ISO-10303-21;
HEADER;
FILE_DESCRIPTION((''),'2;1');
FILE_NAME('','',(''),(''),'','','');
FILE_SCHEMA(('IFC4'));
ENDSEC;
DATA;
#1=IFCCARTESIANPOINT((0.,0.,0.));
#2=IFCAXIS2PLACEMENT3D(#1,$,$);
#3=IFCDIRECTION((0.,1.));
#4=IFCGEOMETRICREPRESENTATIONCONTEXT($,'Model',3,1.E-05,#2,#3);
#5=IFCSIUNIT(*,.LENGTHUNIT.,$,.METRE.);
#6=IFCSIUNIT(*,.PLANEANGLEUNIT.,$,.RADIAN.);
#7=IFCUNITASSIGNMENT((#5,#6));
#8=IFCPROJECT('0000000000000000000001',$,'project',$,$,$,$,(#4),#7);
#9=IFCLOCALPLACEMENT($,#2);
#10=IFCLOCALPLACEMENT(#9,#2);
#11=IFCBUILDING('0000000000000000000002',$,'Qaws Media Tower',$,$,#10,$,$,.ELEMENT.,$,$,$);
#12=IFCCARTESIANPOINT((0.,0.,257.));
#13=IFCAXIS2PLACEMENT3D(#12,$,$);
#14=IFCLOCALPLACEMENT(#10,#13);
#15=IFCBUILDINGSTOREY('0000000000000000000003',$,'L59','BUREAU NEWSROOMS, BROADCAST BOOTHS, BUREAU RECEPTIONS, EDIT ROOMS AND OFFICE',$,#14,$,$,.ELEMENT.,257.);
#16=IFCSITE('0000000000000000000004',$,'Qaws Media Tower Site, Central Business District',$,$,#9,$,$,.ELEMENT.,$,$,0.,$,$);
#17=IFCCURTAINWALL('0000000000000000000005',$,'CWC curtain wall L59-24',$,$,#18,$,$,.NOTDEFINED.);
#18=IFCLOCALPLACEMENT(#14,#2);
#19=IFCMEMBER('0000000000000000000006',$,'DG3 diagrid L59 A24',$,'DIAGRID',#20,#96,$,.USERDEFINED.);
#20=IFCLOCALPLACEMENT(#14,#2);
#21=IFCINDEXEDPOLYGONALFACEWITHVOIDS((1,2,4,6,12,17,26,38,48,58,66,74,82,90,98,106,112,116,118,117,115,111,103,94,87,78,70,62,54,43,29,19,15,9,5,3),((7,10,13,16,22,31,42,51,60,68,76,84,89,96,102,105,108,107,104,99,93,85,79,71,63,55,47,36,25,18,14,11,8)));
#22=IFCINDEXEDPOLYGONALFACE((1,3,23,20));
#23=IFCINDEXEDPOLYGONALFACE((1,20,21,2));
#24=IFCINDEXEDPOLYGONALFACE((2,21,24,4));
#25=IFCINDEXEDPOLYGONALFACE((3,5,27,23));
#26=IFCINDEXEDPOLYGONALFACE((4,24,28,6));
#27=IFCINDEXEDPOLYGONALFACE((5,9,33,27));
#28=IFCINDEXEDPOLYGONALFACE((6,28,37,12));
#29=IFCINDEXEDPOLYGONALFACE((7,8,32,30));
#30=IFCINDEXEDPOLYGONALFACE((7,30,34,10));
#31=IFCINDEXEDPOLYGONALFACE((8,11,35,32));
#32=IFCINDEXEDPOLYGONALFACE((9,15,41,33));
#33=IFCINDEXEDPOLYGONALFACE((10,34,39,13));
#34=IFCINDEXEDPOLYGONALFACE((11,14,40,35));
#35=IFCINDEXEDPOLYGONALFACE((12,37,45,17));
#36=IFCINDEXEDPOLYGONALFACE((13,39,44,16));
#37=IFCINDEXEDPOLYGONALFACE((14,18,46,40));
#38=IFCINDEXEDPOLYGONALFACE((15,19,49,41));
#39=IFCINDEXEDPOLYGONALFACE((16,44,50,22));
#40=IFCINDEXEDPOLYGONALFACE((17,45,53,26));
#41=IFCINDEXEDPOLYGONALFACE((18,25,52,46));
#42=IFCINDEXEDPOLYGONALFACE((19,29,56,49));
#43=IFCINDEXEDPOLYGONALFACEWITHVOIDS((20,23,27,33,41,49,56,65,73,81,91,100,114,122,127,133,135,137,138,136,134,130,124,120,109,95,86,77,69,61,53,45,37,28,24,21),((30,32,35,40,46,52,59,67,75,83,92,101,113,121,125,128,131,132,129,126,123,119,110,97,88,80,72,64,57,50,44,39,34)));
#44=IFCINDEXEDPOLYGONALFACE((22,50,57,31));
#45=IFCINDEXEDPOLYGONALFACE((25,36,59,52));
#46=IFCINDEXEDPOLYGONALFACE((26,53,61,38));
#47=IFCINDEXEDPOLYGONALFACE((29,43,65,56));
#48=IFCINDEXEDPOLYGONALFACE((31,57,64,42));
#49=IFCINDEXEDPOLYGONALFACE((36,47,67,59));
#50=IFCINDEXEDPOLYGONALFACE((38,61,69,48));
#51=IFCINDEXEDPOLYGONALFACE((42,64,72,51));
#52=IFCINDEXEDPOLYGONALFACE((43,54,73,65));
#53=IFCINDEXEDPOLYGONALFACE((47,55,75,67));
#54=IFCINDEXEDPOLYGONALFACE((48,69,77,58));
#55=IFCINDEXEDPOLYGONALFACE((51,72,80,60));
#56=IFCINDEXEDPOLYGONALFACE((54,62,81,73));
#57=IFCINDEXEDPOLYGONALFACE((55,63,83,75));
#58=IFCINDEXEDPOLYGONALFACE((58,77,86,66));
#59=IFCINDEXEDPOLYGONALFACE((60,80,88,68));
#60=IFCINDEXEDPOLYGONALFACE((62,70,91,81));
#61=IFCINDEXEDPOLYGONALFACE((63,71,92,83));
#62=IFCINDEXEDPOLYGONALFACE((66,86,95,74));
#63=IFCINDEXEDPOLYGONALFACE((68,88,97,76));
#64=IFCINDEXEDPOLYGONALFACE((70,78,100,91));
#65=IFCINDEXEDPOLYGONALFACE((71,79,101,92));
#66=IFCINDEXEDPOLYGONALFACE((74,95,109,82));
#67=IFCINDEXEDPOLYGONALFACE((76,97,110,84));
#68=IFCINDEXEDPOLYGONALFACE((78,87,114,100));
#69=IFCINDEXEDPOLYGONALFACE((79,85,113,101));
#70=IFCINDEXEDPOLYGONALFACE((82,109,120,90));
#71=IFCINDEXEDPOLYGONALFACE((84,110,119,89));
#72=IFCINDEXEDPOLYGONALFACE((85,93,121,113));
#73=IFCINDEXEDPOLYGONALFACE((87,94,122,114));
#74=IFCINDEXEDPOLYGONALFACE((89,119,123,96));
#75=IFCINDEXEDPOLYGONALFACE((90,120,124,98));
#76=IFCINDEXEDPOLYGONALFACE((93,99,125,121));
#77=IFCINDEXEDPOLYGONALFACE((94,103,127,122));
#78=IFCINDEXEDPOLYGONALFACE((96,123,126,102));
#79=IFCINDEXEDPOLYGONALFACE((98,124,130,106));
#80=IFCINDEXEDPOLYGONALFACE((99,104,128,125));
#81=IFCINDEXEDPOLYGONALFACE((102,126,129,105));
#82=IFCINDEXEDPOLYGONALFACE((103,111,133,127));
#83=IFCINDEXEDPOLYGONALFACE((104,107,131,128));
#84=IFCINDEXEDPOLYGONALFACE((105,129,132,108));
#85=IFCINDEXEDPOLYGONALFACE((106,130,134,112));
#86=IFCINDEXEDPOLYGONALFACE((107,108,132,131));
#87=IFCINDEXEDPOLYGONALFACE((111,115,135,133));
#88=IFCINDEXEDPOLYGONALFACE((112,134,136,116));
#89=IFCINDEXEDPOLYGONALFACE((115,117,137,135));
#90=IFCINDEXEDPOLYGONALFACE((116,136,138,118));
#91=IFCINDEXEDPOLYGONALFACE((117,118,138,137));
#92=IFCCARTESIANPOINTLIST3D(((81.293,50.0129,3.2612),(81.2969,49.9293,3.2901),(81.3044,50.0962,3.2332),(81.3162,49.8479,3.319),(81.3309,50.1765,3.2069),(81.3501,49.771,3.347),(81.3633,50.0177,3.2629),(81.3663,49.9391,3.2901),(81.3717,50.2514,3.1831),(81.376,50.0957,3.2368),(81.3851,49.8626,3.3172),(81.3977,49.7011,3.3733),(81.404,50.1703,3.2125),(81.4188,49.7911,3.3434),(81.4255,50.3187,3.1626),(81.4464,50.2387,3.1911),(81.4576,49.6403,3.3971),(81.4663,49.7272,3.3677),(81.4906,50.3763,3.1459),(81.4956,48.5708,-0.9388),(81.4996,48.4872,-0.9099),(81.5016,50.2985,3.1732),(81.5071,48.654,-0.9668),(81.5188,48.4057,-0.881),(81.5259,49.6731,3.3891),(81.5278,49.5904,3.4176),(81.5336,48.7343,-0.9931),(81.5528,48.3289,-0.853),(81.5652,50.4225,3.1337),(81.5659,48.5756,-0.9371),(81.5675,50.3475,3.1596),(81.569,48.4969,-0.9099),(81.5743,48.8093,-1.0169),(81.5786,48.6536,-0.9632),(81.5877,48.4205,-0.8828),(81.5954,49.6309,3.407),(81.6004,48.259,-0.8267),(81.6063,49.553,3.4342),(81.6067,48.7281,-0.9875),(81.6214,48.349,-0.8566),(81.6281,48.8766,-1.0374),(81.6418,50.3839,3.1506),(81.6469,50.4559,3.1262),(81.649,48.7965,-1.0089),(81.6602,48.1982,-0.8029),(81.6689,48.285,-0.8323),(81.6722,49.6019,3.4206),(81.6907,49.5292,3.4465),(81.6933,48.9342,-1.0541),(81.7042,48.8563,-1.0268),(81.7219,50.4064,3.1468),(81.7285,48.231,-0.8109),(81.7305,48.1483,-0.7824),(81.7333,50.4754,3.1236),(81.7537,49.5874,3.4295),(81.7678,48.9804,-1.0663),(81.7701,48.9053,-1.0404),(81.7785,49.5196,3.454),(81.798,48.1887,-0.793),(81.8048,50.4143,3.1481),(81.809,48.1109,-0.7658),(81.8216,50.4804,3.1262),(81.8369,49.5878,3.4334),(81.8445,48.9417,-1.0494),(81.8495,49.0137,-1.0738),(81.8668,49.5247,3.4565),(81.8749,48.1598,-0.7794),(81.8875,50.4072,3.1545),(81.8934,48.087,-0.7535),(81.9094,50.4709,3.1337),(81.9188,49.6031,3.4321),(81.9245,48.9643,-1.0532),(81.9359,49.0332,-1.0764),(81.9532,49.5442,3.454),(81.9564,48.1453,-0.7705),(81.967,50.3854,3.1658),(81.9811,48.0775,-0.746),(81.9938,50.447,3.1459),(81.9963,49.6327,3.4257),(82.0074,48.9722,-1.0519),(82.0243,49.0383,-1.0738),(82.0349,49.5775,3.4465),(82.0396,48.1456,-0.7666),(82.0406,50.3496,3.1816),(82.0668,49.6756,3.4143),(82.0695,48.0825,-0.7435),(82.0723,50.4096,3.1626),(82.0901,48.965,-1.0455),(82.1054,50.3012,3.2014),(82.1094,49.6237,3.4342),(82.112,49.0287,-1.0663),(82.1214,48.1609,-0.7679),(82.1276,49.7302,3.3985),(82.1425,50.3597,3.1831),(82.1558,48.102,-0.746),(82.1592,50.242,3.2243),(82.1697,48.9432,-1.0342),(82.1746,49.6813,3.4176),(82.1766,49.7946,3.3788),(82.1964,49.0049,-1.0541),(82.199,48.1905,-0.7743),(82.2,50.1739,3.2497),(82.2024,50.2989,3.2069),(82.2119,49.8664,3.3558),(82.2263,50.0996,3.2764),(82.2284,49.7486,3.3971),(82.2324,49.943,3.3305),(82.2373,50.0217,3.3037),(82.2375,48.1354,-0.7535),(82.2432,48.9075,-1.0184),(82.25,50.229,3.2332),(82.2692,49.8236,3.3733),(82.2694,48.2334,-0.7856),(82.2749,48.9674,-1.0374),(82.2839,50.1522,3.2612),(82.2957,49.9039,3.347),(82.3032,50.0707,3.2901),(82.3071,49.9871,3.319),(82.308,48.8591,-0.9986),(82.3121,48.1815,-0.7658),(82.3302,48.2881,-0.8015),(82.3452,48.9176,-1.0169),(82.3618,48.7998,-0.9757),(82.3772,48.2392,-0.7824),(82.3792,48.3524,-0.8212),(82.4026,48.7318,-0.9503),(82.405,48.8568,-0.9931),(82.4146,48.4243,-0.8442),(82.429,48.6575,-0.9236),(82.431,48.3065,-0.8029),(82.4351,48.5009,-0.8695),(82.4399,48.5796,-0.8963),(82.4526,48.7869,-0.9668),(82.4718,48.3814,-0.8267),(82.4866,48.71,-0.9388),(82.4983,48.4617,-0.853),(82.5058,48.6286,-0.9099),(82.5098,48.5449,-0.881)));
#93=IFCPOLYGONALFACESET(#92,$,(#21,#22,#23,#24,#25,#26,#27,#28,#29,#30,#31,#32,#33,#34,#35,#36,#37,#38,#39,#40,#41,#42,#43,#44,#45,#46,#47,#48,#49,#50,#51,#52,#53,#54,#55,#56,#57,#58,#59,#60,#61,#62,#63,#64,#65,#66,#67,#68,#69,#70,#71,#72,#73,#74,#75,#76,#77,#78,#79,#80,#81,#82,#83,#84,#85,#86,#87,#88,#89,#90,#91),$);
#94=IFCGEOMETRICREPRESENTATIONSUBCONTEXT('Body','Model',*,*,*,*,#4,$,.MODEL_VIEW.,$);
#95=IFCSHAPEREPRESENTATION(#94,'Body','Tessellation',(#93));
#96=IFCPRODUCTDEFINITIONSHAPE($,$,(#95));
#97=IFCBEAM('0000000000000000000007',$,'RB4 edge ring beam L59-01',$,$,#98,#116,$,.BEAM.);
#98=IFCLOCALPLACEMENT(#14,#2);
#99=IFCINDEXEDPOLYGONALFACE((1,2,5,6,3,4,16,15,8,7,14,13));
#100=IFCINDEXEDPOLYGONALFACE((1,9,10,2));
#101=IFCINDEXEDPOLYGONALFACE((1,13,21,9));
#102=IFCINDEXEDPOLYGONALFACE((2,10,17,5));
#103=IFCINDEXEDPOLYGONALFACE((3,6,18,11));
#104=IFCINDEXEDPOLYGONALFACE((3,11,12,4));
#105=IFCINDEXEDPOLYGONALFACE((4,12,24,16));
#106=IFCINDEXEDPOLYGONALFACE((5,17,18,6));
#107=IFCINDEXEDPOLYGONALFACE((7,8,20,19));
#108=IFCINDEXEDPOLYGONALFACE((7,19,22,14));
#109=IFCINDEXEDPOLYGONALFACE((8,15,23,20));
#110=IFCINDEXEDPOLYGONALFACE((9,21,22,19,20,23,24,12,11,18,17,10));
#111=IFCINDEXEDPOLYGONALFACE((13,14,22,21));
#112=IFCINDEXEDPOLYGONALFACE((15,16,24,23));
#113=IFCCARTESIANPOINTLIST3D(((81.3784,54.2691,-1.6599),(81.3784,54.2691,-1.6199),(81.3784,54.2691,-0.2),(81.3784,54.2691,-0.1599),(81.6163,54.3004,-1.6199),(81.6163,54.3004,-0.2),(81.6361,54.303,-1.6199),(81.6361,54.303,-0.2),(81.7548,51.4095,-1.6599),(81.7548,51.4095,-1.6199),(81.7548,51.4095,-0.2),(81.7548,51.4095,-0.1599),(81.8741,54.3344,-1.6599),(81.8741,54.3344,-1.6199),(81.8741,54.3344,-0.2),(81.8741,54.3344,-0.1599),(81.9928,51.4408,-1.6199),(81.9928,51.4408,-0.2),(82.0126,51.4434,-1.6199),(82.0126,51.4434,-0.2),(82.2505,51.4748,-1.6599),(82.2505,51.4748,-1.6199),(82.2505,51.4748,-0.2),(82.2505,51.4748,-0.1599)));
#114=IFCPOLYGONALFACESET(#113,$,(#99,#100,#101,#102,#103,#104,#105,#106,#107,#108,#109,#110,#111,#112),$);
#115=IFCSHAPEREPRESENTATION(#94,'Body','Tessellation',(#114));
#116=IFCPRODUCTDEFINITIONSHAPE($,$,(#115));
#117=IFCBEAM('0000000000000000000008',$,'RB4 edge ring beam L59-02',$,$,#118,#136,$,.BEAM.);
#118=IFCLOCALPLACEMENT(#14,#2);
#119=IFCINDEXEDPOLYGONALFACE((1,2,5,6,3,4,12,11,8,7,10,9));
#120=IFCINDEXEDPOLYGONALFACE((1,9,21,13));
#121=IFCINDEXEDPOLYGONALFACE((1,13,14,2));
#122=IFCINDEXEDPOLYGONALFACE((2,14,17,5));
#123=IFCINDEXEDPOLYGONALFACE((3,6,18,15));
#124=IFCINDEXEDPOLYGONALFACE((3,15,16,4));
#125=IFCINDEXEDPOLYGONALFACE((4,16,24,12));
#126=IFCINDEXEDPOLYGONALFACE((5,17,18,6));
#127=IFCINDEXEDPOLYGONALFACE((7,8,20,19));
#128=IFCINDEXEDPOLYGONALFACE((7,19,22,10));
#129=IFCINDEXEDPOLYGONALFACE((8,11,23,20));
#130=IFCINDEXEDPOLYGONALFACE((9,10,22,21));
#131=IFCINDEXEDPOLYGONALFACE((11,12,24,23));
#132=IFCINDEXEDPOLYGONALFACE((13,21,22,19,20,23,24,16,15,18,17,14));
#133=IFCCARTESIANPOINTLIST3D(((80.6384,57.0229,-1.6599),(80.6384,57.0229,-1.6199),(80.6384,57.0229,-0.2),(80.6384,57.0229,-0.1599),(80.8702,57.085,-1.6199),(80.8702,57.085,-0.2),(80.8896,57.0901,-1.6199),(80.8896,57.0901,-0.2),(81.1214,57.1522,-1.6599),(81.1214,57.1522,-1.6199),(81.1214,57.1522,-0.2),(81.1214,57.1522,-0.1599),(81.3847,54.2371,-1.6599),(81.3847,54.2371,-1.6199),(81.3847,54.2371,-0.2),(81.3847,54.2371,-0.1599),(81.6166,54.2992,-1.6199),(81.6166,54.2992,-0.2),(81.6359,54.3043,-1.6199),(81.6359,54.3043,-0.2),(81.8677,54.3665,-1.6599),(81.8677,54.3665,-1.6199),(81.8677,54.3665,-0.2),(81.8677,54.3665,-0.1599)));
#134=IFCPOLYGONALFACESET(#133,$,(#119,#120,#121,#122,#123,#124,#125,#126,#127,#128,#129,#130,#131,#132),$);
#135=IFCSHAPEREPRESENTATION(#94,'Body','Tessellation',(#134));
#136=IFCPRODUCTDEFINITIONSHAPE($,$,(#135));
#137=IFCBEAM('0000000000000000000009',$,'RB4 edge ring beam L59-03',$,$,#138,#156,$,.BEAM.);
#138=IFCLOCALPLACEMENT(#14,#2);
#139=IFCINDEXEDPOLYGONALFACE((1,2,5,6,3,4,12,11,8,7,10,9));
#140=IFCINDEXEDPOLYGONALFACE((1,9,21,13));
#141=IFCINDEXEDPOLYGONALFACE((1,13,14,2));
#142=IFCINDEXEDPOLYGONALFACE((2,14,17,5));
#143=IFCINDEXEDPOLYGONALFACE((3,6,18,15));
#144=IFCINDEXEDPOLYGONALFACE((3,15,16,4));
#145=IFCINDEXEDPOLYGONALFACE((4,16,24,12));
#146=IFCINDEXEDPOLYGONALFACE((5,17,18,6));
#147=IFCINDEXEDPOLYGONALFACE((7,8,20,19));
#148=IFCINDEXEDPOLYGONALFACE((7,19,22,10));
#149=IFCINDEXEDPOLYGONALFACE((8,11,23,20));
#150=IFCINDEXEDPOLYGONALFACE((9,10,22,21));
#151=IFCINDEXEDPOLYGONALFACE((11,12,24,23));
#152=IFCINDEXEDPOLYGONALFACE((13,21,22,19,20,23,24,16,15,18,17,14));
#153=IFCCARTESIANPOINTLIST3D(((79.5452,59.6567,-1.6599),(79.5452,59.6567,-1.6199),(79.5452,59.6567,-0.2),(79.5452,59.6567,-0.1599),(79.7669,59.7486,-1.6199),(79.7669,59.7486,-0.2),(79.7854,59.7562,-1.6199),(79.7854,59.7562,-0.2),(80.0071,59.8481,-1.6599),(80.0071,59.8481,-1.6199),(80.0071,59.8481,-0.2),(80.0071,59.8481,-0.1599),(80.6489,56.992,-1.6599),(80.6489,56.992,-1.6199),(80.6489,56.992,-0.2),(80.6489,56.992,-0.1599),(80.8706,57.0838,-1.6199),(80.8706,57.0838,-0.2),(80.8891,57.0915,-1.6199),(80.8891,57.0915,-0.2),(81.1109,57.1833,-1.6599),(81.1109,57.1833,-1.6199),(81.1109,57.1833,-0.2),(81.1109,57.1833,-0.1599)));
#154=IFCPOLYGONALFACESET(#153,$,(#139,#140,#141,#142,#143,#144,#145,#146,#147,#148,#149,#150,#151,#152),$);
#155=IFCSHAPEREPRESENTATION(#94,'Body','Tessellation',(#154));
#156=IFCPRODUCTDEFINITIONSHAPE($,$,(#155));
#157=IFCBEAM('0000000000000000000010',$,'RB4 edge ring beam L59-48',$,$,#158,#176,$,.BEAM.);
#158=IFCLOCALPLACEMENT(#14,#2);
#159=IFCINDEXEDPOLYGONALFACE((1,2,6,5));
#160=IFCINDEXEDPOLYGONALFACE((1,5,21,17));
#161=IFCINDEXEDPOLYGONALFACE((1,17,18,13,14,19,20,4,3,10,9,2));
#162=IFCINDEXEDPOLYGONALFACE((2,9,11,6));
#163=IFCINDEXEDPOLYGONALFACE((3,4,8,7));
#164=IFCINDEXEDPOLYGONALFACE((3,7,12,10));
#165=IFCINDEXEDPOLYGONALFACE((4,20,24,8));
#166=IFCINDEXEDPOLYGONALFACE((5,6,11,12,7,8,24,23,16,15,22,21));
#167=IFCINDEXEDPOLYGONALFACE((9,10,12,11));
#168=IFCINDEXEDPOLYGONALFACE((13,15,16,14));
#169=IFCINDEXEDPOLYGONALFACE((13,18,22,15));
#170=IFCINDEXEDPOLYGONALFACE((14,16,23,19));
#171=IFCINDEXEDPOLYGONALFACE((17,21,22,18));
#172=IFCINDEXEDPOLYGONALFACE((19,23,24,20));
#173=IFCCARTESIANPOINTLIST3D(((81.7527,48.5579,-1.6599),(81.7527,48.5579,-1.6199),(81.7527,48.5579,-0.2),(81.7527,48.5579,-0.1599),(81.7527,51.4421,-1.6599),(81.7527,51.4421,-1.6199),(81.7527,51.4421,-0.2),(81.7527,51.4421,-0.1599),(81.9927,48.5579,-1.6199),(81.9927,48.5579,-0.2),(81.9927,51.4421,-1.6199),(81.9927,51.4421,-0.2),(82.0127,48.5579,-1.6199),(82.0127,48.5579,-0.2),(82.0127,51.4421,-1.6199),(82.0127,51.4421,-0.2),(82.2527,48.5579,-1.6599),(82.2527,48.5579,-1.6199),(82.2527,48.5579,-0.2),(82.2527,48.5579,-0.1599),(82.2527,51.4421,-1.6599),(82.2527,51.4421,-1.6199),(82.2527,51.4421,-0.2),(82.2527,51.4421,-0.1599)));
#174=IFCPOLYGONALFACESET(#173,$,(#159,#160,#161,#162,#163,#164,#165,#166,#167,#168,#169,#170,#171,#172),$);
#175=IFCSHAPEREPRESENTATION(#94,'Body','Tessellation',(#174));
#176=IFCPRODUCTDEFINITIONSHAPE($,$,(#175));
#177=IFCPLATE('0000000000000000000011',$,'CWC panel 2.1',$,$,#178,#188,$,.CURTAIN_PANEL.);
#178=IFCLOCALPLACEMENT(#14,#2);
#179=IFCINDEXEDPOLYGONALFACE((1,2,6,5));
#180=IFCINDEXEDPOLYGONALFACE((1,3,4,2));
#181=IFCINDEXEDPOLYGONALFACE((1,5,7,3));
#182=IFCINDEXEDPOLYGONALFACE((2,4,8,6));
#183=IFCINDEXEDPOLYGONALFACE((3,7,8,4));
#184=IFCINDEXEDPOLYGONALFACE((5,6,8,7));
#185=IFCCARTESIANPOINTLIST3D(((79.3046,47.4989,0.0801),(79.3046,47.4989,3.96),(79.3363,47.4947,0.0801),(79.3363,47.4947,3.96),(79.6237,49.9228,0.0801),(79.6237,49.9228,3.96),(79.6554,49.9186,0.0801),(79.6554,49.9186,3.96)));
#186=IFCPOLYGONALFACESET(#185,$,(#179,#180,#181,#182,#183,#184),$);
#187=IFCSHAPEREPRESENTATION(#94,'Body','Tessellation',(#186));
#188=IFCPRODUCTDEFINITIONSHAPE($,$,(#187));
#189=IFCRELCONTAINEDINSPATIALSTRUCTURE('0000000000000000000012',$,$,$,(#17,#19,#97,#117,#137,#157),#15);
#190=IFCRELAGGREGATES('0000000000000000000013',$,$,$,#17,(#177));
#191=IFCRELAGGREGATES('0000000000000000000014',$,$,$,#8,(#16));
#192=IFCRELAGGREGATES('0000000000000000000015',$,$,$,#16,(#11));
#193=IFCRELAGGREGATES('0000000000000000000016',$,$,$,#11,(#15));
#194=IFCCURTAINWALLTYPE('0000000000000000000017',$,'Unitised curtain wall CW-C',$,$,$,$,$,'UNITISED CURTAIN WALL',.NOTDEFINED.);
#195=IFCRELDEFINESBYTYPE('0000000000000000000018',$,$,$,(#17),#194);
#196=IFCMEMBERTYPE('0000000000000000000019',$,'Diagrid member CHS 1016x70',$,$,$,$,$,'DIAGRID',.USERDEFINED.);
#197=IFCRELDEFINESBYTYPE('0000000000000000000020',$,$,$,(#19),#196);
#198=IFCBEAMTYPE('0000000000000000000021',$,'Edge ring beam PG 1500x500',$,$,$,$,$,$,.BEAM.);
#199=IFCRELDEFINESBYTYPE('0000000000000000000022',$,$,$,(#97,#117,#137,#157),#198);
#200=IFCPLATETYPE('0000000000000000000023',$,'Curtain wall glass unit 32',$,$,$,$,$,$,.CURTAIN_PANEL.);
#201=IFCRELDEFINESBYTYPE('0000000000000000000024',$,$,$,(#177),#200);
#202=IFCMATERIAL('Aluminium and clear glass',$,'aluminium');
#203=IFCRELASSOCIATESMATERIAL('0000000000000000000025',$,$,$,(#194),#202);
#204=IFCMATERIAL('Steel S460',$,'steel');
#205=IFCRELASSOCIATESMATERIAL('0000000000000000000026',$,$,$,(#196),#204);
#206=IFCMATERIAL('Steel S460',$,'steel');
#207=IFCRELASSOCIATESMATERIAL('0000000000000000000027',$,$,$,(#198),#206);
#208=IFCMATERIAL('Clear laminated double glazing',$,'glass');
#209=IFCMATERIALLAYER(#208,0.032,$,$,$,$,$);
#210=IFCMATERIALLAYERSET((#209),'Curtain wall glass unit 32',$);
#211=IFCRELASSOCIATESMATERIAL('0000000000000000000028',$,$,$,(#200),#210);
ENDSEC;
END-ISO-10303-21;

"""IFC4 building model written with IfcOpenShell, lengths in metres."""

from ifc_helpers import new_model, si_unit, direction, frame, origin, origin_2d, place, context, subcontext, project, spatial, rectangle, hollow_circle, i_section, extrude, material, layer, layer_set, material_profile, profile_set, type_object, element, aggregate, save


model = new_model("IFC4")

# Units and contexts
model_context = context("Model", 3, precision=1e-05, world=origin(), true_north=direction((0.0, 1.0)))
body_context = subcontext(model_context, "Body", "Model", "MODEL_VIEW")
ifc_project = project(units=[si_unit("LENGTHUNIT", "METRE"), si_unit("PLANEANGLEUNIT", "RADIAN")], contexts=[model_context])

# Site, building, storey
site_placement = place(None, origin())
site = spatial("IfcSite", under=ifc_project, at=site_placement, Name="Qaws Media Tower Site, Central Business District", CompositionType="ELEMENT", RefElevation=0.0)
building_placement = place(site_placement, origin())
building = spatial("IfcBuilding", under=site, at=building_placement, Name="Qaws Media Tower", CompositionType="ELEMENT")
storey_placement = place(building_placement, frame((0.0, 0.0, 257.0)))
storey = spatial("IfcBuildingStorey", under=building, at=storey_placement, Name="L59", Description="BUREAU NEWSROOMS, BROADCAST BOOTHS, BUREAU RECEPTIONS, EDIT ROOMS AND OFFICE", CompositionType="ELEMENT", Elevation=257.0)

# Curtain wall
ifc_material_1 = material(Name="Aluminium and clear glass", Category="aluminium")
curtain_wall_type = type_object("IfcCurtainWallType", Name="Unitised curtain wall CW-C", ElementType="UNITISED CURTAIN WALL", PredefinedType="NOTDEFINED", material=ifc_material_1)
curtain_wall_1_placement = place(storey_placement, origin())
curtain_wall_1 = element("IfcCurtainWall", 1, at=curtain_wall_1_placement, inside=storey, type_object=curtain_wall_type, Name="CWC curtain wall L59-24", PredefinedType="NOTDEFINED")

# Member
ifc_material_2 = material(Name="Steel S460", Category="steel")
ifc_material_profile_1 = material_profile(ifc_material_2, hollow_circle(Radius=0.5081, WallThickness=0.0701, at=origin_2d()), Name="CHS 1016x70")
ifc_profile_set_1 = profile_set([ifc_material_profile_1], Name="Steel S460")
member_type_1 = type_object("IfcMemberType", Name="Diagrid member CHS 1016x70", ElementType="DIAGRID", PredefinedType="USERDEFINED", material=ifc_profile_set_1)
for number, where, z_axis, x_axis, name in (
    (2, (82.0027, 48.5579, -0.9099), (-0.045585, 0.324421, 0.944814), (-0.990272, -0.139144, 0.0), "DG3 diagrid L59 A24"),
):
    element("IfcMember", number, at=place(storey_placement, frame(where, z_axis=z_axis, x_axis=x_axis)), inside=storey, type_object=member_type_1, Name=name, ObjectType="DIAGRID", PredefinedType="USERDEFINED", context=body_context, shape_type="SweptSolid", body=[
        extrude(hollow_circle(Radius=0.5081, WallThickness=0.0701, at=origin_2d()), origin(), (0.0, 0.0, 1.0), 4.4453),
    ])

# Beams
ifc_material_3 = material(Name="Steel S460", Category="steel")
ifc_material_profile_2 = material_profile(ifc_material_3, i_section(OverallWidth=0.5, OverallDepth=1.5, WebThickness=0.02, FlangeThickness=0.04, at=origin_2d()), Name="PG 1500x500")
ifc_profile_set_2 = profile_set([ifc_material_profile_2], Name="Steel S460")
beam_type = type_object("IfcBeamType", Name="Edge ring beam PG 1500x500", PredefinedType="BEAM", material=ifc_profile_set_2)
beam_1_placement = place(storey_placement, frame((82.0027, 51.4421, -0.9099), z_axis=(-0.130522, 0.991445, 0.0), x_axis=(-0.991445, -0.130522, 0.0)))
element("IfcBeam", 3, at=beam_1_placement, inside=storey, type_object=beam_type, Name="RB4 edge ring beam L59-01", PredefinedType="BEAM", context=body_context, shape_type="SweptSolid", body=[
    extrude(i_section(OverallWidth=0.5, OverallDepth=1.5, WebThickness=0.02, FlangeThickness=0.04, at=origin_2d()), origin(), (0.0, 0.0, 1.0), 2.8843),
])
beam_2_placement = place(storey_placement, frame((81.6262, 54.3018, -0.9099), z_axis=(-0.258774, 0.965938, 0.0), x_axis=(-0.965938, -0.258774, 0.0)))
element("IfcBeam", 4, at=beam_2_placement, inside=storey, type_object=beam_type, Name="RB4 edge ring beam L59-02", PredefinedType="BEAM", context=body_context, shape_type="SweptSolid", body=[
    extrude(i_section(OverallWidth=0.5, OverallDepth=1.5, WebThickness=0.02, FlangeThickness=0.04, at=origin_2d()), origin(), (0.0, 0.0, 1.0), 2.884),
])
for number, where, z_axis, x_axis, name in (
    (5, (80.8799, 57.0876, -0.9099), (-0.382673, 0.923884, 0.0), (-0.923884, -0.382673, 0.0), "RB4 edge ring beam L59-03"),
    (6, (82.0027, 48.5579, -0.9099), (0.0, 1.0, 0.0), (-1.0, 0.0, 0.0), "RB4 edge ring beam L59-48"),
):
    element("IfcBeam", number, at=place(storey_placement, frame(where, z_axis=z_axis, x_axis=x_axis)), inside=storey, type_object=beam_type, Name=name, PredefinedType="BEAM", context=body_context, shape_type="SweptSolid", body=[
        extrude(i_section(OverallWidth=0.5, OverallDepth=1.5, WebThickness=0.02, FlangeThickness=0.04, at=origin_2d()), origin(), (0.0, 0.0, 1.0), 2.8843),
    ])

# Plate
ifc_material_4 = material(Name="Clear laminated double glazing", Category="glass")
ifc_layer_1 = layer(ifc_material_4, 0.032)
ifc_layer_set_1 = layer_set([ifc_layer_1], Name="Curtain wall glass unit 32")
plate_type_1 = type_object("IfcPlateType", Name="Curtain wall glass unit 32", PredefinedType="CURTAIN_PANEL", material=ifc_layer_set_1)
plate_1_placement = place(storey_placement, frame((79.48, 48.7087, 0.0801), z_axis=(0.0, 0.0, 1.0), x_axis=(0.130526, 0.991445, 0.0)))
plate_1 = element("IfcPlate", 7, at=plate_1_placement, type_object=plate_type_1, Name="CWC panel 2.1", PredefinedType="CURTAIN_PANEL", context=body_context, shape_type="SweptSolid", body=[
    extrude(rectangle(XDim=2.4448, YDim=0.032, at=origin_2d()), origin(), (0.0, 0.0, 1.0), 3.8799),
])
aggregate(curtain_wall_1, [plate_1])

save(model, "model.ifc")
